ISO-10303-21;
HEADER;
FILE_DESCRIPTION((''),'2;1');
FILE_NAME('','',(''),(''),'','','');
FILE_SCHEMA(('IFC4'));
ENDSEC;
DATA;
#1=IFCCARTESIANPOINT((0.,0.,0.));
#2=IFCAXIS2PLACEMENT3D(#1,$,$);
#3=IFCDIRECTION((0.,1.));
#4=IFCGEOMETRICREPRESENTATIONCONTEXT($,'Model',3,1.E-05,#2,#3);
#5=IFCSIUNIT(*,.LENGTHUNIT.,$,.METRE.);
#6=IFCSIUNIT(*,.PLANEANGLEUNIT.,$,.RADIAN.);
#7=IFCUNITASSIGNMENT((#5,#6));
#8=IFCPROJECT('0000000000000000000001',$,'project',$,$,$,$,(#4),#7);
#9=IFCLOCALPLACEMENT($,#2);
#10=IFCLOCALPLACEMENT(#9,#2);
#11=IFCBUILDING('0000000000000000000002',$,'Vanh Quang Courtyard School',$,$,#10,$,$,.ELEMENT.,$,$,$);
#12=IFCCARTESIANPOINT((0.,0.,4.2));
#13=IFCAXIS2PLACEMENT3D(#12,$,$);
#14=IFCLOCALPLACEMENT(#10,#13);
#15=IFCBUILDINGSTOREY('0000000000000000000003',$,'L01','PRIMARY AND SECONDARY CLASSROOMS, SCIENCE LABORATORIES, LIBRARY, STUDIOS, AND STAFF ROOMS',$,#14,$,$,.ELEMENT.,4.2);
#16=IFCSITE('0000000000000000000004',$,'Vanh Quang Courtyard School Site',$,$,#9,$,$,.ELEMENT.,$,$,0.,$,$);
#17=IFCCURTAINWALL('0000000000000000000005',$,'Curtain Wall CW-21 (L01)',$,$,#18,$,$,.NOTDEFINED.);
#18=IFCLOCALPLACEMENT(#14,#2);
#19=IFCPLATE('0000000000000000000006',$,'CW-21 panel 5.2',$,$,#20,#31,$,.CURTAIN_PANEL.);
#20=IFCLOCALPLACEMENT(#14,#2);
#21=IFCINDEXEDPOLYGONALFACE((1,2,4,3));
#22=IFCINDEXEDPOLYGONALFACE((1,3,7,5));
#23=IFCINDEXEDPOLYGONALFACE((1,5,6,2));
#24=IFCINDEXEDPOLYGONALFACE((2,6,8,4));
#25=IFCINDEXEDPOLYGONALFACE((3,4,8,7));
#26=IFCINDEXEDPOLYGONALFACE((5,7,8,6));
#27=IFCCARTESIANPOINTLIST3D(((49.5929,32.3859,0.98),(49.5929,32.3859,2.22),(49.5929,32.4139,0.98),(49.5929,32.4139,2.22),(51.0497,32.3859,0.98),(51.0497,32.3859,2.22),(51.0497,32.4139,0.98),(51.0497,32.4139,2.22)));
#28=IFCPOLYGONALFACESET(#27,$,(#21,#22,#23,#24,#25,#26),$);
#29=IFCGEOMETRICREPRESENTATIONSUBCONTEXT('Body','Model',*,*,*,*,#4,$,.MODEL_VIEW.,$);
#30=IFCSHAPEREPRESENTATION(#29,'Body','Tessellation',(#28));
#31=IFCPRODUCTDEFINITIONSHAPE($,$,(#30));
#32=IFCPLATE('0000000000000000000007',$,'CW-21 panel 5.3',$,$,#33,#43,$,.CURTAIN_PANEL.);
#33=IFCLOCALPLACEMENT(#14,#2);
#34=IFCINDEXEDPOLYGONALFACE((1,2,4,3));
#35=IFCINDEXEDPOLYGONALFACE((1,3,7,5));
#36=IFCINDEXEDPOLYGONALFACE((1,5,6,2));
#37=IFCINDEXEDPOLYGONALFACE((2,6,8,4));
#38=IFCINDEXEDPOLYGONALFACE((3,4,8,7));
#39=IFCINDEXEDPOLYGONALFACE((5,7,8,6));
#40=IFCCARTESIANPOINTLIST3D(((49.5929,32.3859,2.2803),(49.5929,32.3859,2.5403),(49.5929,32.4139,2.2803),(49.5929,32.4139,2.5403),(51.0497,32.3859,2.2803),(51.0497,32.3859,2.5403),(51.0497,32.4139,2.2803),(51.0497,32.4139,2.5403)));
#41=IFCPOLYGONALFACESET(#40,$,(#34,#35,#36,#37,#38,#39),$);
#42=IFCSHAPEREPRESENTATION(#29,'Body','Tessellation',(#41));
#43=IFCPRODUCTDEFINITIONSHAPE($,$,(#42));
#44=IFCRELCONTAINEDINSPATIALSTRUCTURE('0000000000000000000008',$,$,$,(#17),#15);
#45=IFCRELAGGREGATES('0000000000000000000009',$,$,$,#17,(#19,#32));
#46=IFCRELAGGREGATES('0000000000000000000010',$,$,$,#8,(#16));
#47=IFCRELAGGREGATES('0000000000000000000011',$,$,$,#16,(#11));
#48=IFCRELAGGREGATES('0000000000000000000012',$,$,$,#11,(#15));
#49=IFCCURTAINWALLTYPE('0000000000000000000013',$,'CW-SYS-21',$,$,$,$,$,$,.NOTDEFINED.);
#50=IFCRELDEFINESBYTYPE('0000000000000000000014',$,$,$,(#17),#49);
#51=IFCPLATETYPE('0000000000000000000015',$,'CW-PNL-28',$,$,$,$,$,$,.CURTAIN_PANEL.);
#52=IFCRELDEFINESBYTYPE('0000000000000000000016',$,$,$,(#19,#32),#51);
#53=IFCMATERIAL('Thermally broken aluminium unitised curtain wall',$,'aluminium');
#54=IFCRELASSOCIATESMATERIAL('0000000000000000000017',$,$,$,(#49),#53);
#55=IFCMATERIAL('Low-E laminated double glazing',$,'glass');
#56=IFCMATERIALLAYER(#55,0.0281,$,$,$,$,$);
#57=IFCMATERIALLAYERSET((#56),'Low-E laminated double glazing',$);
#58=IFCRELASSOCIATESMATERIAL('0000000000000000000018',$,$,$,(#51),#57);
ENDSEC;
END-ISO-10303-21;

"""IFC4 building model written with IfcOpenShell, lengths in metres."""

from ifc_helpers import new_model, si_unit, direction, frame, origin, origin_2d, place, context, subcontext, project, spatial, rectangle, extrude, material, layer, layer_set, type_object, element, aggregate, save


model = new_model("IFC4")

# Units and contexts
model_context = context("Model", 3, precision=1e-05, world=origin(), true_north=direction((0.0, 1.0)))
body_context = subcontext(model_context, "Body", "Model", "MODEL_VIEW")
ifc_project = project(units=[si_unit("LENGTHUNIT", "METRE"), si_unit("PLANEANGLEUNIT", "RADIAN")], contexts=[model_context])

# Site, building, storey
site_placement = place(None, origin())
site = spatial("IfcSite", under=ifc_project, at=site_placement, Name="Vanh Quang Courtyard School Site", CompositionType="ELEMENT", RefElevation=0.0)
building_placement = place(site_placement, origin())
building = spatial("IfcBuilding", under=site, at=building_placement, Name="Vanh Quang Courtyard School", CompositionType="ELEMENT")
storey_placement = place(building_placement, frame((0.0, 0.0, 4.2)))
storey = spatial("IfcBuildingStorey", under=building, at=storey_placement, Name="L01", Description="PRIMARY AND SECONDARY CLASSROOMS, SCIENCE LABORATORIES, LIBRARY, STUDIOS, AND STAFF ROOMS", CompositionType="ELEMENT", Elevation=4.2)

# Curtain wall, plates
ifc_material_1 = material(Name="Thermally broken aluminium unitised curtain wall", Category="aluminium")
curtain_wall_type = type_object("IfcCurtainWallType", Name="CW-SYS-21", PredefinedType="NOTDEFINED", material=ifc_material_1)
curtain_wall_placement = place(storey_placement, origin())
curtain_wall = element("IfcCurtainWall", 1, at=curtain_wall_placement, inside=storey, type_object=curtain_wall_type, Name="Curtain Wall CW-21 (L01)", PredefinedType="NOTDEFINED")
ifc_material_2 = material(Name="Low-E laminated double glazing", Category="glass")
ifc_layer = layer(ifc_material_2, 0.0281)
ifc_layer_set = layer_set([ifc_layer], Name="Low-E laminated double glazing")
plate_type = type_object("IfcPlateType", Name="CW-PNL-28", PredefinedType="CURTAIN_PANEL", material=ifc_layer_set)
plate_1_placement = place(storey_placement, frame((50.3213, 32.3999, 0.98), z_axis=(0.0, 0.0, 1.0), x_axis=(-1.0, 0.0, 0.0)))
plate_1 = element("IfcPlate", 2, at=plate_1_placement, type_object=plate_type, Name="CW-21 panel 5.2", PredefinedType="CURTAIN_PANEL", context=body_context, shape_type="SweptSolid", body=[
    extrude(rectangle(XDim=1.4568, YDim=0.0281, at=origin_2d()), origin(), (0.0, 0.0, 1.0), 1.24),
])
plate_2_placement = place(storey_placement, frame((50.3213, 32.3999, 2.2803), z_axis=(0.0, 0.0, 1.0), x_axis=(-1.0, 0.0, 0.0)))
plate_2 = element("IfcPlate", 3, at=plate_2_placement, type_object=plate_type, Name="CW-21 panel 5.3", PredefinedType="CURTAIN_PANEL", context=body_context, shape_type="SweptSolid", body=[
    extrude(rectangle(XDim=1.4568, YDim=0.0281, at=origin_2d()), origin(), (0.0, 0.0, 1.0), 0.26),
])
aggregate(curtain_wall, [plate_1, plate_2])

save(model, "model.ifc")
